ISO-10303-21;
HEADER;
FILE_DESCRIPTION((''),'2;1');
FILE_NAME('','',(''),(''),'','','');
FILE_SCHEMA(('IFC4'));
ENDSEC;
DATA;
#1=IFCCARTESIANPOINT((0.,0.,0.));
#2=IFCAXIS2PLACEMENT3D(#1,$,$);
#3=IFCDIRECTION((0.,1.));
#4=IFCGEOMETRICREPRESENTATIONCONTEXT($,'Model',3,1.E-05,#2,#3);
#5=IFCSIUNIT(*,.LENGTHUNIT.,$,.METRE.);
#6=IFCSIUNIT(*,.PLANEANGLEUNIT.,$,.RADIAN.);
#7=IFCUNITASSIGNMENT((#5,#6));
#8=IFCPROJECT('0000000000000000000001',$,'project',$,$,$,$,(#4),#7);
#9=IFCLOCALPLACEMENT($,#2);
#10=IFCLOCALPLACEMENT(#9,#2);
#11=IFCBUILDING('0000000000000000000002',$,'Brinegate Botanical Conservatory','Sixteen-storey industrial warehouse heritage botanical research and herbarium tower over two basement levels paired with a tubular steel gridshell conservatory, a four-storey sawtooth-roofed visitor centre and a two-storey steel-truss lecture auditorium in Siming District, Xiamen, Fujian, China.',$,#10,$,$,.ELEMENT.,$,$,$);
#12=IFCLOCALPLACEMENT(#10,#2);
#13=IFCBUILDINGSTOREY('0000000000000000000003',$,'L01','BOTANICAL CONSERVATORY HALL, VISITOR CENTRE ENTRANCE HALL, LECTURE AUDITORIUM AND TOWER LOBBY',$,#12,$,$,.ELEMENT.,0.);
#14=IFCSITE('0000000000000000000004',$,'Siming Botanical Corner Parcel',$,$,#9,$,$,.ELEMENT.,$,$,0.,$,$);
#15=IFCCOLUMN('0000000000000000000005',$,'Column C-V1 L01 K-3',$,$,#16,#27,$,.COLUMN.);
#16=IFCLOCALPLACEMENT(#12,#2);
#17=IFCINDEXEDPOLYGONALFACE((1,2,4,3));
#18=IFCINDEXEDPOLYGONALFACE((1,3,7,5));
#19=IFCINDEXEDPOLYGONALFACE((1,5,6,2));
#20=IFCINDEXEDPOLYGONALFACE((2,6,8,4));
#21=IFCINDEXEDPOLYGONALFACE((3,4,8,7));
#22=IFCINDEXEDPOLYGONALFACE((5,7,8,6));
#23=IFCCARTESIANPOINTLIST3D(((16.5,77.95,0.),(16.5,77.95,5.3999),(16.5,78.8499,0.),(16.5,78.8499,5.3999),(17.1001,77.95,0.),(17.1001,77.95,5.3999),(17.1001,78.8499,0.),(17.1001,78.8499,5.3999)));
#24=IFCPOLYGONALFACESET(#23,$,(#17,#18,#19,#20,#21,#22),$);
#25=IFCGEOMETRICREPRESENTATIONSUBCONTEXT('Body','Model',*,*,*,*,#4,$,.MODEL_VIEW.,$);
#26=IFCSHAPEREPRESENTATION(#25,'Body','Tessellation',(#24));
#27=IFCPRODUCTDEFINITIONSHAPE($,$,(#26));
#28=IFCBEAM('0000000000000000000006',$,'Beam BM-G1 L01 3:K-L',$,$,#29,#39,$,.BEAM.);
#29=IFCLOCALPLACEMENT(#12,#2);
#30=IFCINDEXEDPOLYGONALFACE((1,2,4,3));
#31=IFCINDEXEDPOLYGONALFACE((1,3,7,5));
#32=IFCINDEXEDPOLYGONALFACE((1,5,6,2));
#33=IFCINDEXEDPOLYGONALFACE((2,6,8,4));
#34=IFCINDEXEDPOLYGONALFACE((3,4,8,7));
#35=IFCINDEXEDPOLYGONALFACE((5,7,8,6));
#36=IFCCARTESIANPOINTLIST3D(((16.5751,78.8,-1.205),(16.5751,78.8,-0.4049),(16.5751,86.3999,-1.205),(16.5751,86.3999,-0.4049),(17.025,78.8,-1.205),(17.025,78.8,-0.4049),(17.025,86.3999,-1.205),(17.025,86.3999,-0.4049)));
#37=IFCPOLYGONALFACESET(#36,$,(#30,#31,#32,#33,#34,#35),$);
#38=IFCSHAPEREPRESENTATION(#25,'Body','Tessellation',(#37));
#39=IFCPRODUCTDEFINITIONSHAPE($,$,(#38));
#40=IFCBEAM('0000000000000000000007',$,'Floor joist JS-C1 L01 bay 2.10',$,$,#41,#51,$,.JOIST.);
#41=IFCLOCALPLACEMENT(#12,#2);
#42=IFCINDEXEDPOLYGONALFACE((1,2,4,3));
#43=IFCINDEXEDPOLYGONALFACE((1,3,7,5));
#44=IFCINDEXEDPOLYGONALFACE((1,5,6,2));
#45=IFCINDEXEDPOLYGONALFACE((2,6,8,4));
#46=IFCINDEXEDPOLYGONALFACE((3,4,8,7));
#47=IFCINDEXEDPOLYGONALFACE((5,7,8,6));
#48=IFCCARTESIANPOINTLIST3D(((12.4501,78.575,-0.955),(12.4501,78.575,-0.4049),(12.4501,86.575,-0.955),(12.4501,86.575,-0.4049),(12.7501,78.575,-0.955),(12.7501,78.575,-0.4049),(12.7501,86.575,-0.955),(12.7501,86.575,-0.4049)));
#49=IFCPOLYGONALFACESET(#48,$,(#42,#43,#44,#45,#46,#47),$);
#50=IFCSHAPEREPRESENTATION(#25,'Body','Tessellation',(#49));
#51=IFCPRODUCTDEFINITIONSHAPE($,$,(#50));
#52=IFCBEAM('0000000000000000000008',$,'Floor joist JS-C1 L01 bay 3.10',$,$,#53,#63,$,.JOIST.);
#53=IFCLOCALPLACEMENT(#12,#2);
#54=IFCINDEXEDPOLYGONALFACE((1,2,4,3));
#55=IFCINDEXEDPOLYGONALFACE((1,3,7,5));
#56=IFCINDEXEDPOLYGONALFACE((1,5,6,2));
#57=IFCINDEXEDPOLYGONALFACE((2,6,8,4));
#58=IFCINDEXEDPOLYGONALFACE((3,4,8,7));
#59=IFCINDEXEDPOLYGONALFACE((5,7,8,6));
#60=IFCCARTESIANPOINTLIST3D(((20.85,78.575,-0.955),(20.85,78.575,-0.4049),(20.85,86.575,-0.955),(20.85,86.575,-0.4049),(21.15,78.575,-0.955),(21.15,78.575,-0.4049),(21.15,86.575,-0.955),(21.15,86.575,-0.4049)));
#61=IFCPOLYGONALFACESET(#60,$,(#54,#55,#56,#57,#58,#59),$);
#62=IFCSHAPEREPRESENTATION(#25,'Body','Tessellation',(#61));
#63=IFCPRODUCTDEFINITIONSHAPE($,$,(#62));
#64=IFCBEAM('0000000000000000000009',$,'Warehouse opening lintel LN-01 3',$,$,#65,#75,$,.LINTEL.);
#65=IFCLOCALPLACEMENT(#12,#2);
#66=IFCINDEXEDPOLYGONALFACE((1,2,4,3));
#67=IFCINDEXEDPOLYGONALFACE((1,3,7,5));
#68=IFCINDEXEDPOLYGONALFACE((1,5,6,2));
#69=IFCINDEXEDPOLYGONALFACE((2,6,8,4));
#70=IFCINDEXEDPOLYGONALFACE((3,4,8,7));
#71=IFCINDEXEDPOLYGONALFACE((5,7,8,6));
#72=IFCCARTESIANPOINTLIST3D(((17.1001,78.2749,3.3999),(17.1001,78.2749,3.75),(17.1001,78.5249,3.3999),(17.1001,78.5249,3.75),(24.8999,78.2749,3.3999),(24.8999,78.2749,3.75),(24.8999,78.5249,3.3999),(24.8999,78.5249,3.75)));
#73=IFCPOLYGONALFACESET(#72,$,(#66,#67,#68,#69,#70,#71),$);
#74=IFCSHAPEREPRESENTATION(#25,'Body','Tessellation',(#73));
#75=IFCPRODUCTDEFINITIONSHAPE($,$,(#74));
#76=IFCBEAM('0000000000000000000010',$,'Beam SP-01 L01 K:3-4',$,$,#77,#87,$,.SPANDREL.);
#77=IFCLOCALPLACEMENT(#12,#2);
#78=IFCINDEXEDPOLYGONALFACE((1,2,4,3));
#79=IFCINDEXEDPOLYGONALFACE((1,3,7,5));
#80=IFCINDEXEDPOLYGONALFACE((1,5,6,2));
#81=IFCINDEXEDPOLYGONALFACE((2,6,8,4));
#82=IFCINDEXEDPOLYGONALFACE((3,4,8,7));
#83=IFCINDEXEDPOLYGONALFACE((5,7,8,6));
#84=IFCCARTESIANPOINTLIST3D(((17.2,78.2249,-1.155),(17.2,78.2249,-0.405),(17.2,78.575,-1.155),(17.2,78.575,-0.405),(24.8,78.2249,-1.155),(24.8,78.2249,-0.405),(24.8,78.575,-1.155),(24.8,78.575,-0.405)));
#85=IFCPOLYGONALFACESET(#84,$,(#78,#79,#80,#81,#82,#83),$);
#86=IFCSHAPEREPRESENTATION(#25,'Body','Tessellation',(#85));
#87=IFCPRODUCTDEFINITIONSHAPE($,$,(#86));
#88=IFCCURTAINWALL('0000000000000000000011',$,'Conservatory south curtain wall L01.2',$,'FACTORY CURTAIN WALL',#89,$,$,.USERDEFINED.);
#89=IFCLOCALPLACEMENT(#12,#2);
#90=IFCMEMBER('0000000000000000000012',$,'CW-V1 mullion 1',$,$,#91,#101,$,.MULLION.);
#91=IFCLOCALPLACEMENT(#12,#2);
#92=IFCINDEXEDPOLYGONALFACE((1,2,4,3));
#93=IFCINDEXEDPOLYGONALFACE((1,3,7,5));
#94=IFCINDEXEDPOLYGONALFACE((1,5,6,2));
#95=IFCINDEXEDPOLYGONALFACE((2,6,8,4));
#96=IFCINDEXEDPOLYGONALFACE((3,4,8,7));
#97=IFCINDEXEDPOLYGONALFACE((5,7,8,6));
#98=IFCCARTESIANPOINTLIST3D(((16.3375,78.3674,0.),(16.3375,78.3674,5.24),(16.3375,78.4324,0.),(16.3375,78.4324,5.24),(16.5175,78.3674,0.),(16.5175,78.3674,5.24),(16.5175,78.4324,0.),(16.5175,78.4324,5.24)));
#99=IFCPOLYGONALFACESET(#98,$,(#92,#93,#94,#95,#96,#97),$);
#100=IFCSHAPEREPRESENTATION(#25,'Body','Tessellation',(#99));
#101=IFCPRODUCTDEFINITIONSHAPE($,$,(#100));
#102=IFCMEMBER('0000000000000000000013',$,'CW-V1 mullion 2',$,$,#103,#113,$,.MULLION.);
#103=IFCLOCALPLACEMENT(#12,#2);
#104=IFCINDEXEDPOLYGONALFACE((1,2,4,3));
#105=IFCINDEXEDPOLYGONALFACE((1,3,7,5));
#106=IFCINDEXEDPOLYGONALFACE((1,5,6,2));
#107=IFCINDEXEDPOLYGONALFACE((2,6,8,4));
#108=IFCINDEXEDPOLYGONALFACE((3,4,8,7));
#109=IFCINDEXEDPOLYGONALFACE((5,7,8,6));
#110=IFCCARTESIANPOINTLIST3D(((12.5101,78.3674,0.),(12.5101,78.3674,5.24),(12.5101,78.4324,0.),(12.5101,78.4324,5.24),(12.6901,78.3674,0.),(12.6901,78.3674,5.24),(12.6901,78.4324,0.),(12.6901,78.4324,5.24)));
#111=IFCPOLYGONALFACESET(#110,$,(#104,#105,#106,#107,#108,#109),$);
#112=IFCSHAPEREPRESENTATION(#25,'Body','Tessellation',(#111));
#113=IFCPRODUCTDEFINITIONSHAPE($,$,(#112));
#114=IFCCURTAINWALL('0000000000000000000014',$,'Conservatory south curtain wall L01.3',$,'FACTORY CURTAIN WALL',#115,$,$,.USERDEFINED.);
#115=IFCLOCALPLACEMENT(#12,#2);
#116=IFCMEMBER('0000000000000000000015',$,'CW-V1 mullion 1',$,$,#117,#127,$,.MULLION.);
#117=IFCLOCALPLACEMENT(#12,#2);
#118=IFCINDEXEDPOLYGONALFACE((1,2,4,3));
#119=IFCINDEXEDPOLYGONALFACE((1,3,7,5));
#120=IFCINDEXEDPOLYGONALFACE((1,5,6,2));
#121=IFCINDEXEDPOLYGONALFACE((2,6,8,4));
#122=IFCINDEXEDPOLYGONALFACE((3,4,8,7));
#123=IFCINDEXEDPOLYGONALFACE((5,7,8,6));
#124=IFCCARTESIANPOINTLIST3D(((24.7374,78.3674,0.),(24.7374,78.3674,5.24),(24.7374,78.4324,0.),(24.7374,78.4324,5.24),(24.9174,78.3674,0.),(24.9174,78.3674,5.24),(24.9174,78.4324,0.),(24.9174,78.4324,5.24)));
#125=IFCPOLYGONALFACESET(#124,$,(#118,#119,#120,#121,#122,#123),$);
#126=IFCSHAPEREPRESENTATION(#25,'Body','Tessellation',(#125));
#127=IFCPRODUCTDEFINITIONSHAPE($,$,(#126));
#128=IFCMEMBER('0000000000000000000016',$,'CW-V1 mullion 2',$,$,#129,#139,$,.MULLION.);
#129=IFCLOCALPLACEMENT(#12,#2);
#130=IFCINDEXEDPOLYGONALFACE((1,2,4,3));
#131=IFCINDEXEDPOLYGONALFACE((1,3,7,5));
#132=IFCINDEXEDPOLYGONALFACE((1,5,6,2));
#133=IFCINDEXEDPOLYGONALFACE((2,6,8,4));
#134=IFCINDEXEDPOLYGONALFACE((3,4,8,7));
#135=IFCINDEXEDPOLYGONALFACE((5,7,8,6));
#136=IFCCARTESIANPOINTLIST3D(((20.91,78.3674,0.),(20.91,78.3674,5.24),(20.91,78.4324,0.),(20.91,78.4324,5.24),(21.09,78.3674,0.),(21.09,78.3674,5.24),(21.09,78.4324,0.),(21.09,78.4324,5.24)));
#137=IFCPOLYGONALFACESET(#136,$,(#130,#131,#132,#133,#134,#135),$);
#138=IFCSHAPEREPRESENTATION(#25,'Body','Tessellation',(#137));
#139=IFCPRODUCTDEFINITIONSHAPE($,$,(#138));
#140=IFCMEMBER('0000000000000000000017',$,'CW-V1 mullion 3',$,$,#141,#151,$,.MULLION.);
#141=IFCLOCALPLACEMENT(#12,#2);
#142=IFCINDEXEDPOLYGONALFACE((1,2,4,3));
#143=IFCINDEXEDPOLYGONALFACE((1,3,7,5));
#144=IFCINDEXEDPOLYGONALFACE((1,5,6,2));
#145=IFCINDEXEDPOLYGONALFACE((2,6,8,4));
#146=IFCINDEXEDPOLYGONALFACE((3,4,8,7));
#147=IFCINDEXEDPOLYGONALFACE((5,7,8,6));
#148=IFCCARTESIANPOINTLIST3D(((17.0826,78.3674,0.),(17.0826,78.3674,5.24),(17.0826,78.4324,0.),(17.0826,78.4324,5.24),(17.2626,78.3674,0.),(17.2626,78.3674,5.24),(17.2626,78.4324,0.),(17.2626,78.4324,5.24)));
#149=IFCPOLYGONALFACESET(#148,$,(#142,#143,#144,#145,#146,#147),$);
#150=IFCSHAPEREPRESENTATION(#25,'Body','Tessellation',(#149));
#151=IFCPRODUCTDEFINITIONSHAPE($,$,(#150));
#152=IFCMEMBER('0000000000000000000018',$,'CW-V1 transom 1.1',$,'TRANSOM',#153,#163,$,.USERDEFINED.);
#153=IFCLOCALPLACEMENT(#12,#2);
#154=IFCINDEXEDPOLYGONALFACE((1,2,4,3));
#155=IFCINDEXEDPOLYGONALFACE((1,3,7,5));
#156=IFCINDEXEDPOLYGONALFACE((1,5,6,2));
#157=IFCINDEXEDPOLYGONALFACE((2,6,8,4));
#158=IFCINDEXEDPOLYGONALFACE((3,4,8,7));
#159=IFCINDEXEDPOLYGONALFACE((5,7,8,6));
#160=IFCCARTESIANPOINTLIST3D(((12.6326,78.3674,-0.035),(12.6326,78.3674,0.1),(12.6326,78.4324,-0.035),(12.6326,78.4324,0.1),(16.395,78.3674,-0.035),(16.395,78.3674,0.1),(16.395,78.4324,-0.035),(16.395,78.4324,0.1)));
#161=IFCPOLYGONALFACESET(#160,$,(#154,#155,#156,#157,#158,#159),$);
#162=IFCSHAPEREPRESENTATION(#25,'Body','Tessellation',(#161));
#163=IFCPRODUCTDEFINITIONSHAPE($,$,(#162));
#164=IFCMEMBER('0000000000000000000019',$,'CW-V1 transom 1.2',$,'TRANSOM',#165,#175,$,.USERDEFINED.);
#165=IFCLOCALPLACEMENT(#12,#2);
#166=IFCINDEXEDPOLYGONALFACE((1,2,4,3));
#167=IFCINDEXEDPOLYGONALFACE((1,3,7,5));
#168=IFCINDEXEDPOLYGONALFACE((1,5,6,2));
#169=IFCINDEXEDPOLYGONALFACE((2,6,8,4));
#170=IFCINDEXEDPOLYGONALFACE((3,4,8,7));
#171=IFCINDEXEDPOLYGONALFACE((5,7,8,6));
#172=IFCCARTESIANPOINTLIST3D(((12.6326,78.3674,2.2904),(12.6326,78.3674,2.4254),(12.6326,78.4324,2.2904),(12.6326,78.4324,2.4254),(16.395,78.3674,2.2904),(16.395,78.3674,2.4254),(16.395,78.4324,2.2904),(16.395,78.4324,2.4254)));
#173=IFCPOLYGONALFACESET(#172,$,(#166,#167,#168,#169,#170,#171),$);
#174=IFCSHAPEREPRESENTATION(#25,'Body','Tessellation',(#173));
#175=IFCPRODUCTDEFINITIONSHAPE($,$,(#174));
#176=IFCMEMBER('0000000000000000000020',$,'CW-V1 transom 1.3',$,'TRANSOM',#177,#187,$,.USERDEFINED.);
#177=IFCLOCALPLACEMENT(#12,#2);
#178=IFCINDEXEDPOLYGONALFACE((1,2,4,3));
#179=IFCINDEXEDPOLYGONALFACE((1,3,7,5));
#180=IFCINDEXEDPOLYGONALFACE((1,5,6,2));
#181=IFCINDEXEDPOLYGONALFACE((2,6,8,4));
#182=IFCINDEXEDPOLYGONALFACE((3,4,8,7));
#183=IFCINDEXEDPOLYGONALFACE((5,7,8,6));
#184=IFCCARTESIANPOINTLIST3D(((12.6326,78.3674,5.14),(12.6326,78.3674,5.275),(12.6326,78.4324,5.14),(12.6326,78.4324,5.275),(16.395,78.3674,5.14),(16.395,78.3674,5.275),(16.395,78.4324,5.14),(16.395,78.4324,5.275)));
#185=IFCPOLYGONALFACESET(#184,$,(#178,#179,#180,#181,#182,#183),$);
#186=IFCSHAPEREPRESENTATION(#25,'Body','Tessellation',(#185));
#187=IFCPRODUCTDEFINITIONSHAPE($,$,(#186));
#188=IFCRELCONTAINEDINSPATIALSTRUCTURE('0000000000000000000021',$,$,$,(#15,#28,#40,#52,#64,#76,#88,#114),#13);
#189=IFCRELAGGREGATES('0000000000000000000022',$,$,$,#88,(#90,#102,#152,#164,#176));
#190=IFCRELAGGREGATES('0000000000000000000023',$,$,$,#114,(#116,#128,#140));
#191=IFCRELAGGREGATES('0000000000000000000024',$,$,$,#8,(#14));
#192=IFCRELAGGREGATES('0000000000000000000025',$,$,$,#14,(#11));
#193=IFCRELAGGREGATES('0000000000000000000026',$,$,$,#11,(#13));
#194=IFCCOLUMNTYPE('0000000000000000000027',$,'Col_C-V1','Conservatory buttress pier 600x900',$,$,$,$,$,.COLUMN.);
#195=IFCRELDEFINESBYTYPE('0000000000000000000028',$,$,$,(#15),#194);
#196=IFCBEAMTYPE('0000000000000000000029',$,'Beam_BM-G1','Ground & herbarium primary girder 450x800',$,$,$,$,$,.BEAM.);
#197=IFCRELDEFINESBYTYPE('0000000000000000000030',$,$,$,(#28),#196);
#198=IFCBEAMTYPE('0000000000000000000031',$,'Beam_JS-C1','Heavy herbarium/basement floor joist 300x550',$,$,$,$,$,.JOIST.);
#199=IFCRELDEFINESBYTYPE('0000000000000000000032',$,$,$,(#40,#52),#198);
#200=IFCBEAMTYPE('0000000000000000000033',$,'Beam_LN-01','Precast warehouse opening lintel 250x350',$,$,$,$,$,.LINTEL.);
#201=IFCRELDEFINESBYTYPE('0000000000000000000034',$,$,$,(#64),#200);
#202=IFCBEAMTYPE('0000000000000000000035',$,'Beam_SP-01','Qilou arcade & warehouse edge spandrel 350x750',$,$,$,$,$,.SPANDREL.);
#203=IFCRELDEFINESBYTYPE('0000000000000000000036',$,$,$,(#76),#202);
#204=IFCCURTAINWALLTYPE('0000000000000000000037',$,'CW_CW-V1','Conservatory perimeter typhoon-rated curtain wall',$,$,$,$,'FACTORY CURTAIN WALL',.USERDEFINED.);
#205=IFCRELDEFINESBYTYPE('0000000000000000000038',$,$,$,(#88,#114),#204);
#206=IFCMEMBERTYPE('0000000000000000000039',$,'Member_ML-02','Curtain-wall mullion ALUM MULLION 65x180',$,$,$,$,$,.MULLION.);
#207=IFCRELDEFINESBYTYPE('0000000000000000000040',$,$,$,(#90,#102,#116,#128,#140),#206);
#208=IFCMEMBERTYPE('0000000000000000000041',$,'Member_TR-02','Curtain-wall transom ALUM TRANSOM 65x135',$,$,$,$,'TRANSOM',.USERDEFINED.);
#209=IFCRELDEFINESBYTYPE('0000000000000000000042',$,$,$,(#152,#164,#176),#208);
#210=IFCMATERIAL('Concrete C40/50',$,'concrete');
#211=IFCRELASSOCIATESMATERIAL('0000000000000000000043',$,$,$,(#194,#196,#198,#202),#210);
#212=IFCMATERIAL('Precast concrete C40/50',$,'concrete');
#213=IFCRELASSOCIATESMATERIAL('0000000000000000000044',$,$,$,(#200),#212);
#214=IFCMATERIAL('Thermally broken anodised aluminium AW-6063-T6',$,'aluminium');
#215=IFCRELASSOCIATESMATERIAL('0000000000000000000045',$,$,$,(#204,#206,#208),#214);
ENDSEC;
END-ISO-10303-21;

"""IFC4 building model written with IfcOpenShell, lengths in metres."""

from ifc_helpers import new_model, si_unit, direction, frame, origin, origin_2d, place, context, subcontext, project, spatial, rectangle, extrude, material, material_profile, profile_set, type_object, element, aggregate, save


model = new_model("IFC4")

# Units and contexts
model_context = context("Model", 3, precision=1e-05, world=origin(), true_north=direction((0.0, 1.0)))
body_context = subcontext(model_context, "Body", "Model", "MODEL_VIEW")
ifc_project = project(units=[si_unit("LENGTHUNIT", "METRE"), si_unit("PLANEANGLEUNIT", "RADIAN")], contexts=[model_context])

# Site, building, storey
site_placement = place(None, origin())
site = spatial("IfcSite", under=ifc_project, at=site_placement, Name="Siming Botanical Corner Parcel", CompositionType="ELEMENT", RefElevation=0.0)
building_placement = place(site_placement, origin())
building = spatial("IfcBuilding", under=site, at=building_placement, Name="Brinegate Botanical Conservatory", Description="Sixteen-storey industrial warehouse heritage botanical research and herbarium tower over two basement levels paired with a tubular steel gridshell conservatory, a four-storey sawtooth-roofed visitor centre and a two-storey steel-truss lecture auditorium in Siming District, Xiamen, Fujian, China.", CompositionType="ELEMENT")
storey_placement = place(building_placement, origin())
storey = spatial("IfcBuildingStorey", under=building, at=storey_placement, Name="L01", Description="BOTANICAL CONSERVATORY HALL, VISITOR CENTRE ENTRANCE HALL, LECTURE AUDITORIUM AND TOWER LOBBY", CompositionType="ELEMENT", Elevation=0.0)

# Column
ifc_material_1 = material(Name="Concrete C40/50", Category="concrete")
ifc_material_profile_1 = material_profile(ifc_material_1, rectangle(XDim=0.6001, YDim=0.8999, at=origin_2d()), Name="RC PIER 600x900")
ifc_profile_set_1 = profile_set([ifc_material_profile_1], Name="Concrete C40/50")
column_type = type_object("IfcColumnType", Name="Col_C-V1", Description="Conservatory buttress pier 600x900", PredefinedType="COLUMN", material=ifc_profile_set_1)
column_placement = place(storey_placement, frame((16.8, 78.3999, 0.0), z_axis=(0.0, 0.0, 1.0), x_axis=(1.0, 0.0, 0.0)))
element("IfcColumn", 1, at=column_placement, inside=storey, type_object=column_type, Name="Column C-V1 L01 K-3", PredefinedType="COLUMN", context=body_context, shape_type="SweptSolid", body=[
    extrude(rectangle(XDim=0.6001, YDim=0.8999, at=origin_2d()), origin(), (0.0, 0.0, 1.0), 5.3999),
])

# Beams
ifc_material_profile_2 = material_profile(ifc_material_1, rectangle(XDim=0.45, YDim=0.8, at=origin_2d()), Name="RC BM 450x800")
ifc_profile_set_2 = profile_set([ifc_material_profile_2], Name="Concrete C40/50")
beam_type_1 = type_object("IfcBeamType", Name="Beam_BM-G1", Description="Ground & herbarium primary girder 450x800", PredefinedType="BEAM", material=ifc_profile_set_2)
beam_1_placement = place(storey_placement, frame((16.8, 78.8, -0.8049), z_axis=(0.0, 1.0, 0.0), x_axis=(-1.0, 0.0, 0.0)))
element("IfcBeam", 2, at=beam_1_placement, inside=storey, type_object=beam_type_1, Name="Beam BM-G1 L01 3:K-L", PredefinedType="BEAM", context=body_context, shape_type="SweptSolid", body=[
    extrude(rectangle(XDim=0.45, YDim=0.8, at=origin_2d()), origin(), (0.0, 0.0, 1.0), 7.5999),
])
ifc_material_profile_3 = material_profile(ifc_material_1, rectangle(XDim=0.3, YDim=0.55, at=origin_2d()), Name="RC JST 300x550")
ifc_profile_set_3 = profile_set([ifc_material_profile_3], Name="Concrete C40/50")
beam_type_2 = type_object("IfcBeamType", Name="Beam_JS-C1", Description="Heavy herbarium/basement floor joist 300x550", PredefinedType="JOIST", material=ifc_profile_set_3)
for number, where, z_axis, x_axis, name in (
    (3, (12.6001, 78.575, -0.6799), (0.0, 1.0, 0.0), (-1.0, 0.0, 0.0), "Floor joist JS-C1 L01 bay 2.10"),
    (4, (21.0, 78.575, -0.6799), (0.0, 1.0, 0.0), (-1.0, 0.0, 0.0), "Floor joist JS-C1 L01 bay 3.10"),
):
    element("IfcBeam", number, at=place(storey_placement, frame(where, z_axis=z_axis, x_axis=x_axis)), inside=storey, type_object=beam_type_2, Name=name, PredefinedType="JOIST", context=body_context, shape_type="SweptSolid", body=[
        extrude(rectangle(XDim=0.3, YDim=0.55, at=origin_2d()), origin(), (0.0, 0.0, 1.0), 8.0),
    ])
ifc_material_2 = material(Name="Precast concrete C40/50", Category="concrete")
ifc_material_profile_4 = material_profile(ifc_material_2, rectangle(XDim=0.25, YDim=0.3501, at=origin_2d()), Name="RC LNT 250x350")
ifc_profile_set_4 = profile_set([ifc_material_profile_4], Name="Precast concrete C40/50")
beam_type_3 = type_object("IfcBeamType", Name="Beam_LN-01", Description="Precast warehouse opening lintel 250x350", PredefinedType="LINTEL", material=ifc_profile_set_4)
beam_2_placement = place(storey_placement, frame((17.1001, 78.3999, 3.575), z_axis=(1.0, 0.0, 0.0), x_axis=(0.0, 1.0, 0.0)))
element("IfcBeam", 5, at=beam_2_placement, inside=storey, type_object=beam_type_3, Name="Warehouse opening lintel LN-01 3", PredefinedType="LINTEL", context=body_context, shape_type="SweptSolid", body=[
    extrude(rectangle(XDim=0.25, YDim=0.3501, at=origin_2d()), origin(), (0.0, 0.0, 1.0), 7.7998),
])
ifc_material_profile_5 = material_profile(ifc_material_1, rectangle(XDim=0.3501, YDim=0.75, at=origin_2d()), Name="RC SPN 350x750")
ifc_profile_set_5 = profile_set([ifc_material_profile_5], Name="Concrete C40/50")
beam_type_4 = type_object("IfcBeamType", Name="Beam_SP-01", Description="Qilou arcade & warehouse edge spandrel 350x750", PredefinedType="SPANDREL", material=ifc_profile_set_5)
beam_3_placement = place(storey_placement, frame((17.2, 78.3999, -0.78), z_axis=(1.0, 0.0, 0.0), x_axis=(0.0, 1.0, 0.0)))
element("IfcBeam", 6, at=beam_3_placement, inside=storey, type_object=beam_type_4, Name="Beam SP-01 L01 K:3-4", PredefinedType="SPANDREL", context=body_context, shape_type="SweptSolid", body=[
    extrude(rectangle(XDim=0.3501, YDim=0.75, at=origin_2d()), origin(), (0.0, 0.0, 1.0), 7.6001),
])

# Curtain walls, members
ifc_material_3 = material(Name="Thermally broken anodised aluminium AW-6063-T6", Category="aluminium")
curtain_wall_type = type_object("IfcCurtainWallType", Name="CW_CW-V1", Description="Conservatory perimeter typhoon-rated curtain wall", ElementType="FACTORY CURTAIN WALL", PredefinedType="USERDEFINED", material=ifc_material_3)
curtain_wall_1_placement = place(storey_placement, origin())
curtain_wall_1 = element("IfcCurtainWall", 7, at=curtain_wall_1_placement, inside=storey, type_object=curtain_wall_type, Name="Conservatory south curtain wall L01.2", ObjectType="FACTORY CURTAIN WALL", PredefinedType="USERDEFINED")
ifc_material_profile_6 = material_profile(ifc_material_3, rectangle(XDim=0.0649, YDim=0.1799, at=origin_2d()), Name="ALUM MULLION 65x180")
ifc_profile_set_6 = profile_set([ifc_material_profile_6], Name="Thermally broken anodised aluminium AW-6063-T6")
member_type_1 = type_object("IfcMemberType", Name="Member_ML-02", Description="Curtain-wall mullion ALUM MULLION 65x180", PredefinedType="MULLION", material=ifc_profile_set_6)
member_1_placement = place(storey_placement, frame((16.4275, 78.3999, 0.0), z_axis=(0.0, 0.0, 1.0), x_axis=(0.0, -1.0, 0.0)))
member_1 = element("IfcMember", 8, at=member_1_placement, type_object=member_type_1, Name="CW-V1 mullion 1", PredefinedType="MULLION", context=body_context, shape_type="SweptSolid", body=[
    extrude(rectangle(XDim=0.0649, YDim=0.1799, at=origin_2d()), origin(), (0.0, 0.0, 1.0), 5.24),
])
member_2_placement = place(storey_placement, frame((12.6001, 78.3999, 0.0), z_axis=(0.0, 0.0, 1.0), x_axis=(0.0, -1.0, 0.0)))
member_2 = element("IfcMember", 9, at=member_2_placement, type_object=member_type_1, Name="CW-V1 mullion 2", PredefinedType="MULLION", context=body_context, shape_type="SweptSolid", body=[
    extrude(rectangle(XDim=0.0649, YDim=0.1799, at=origin_2d()), origin(), (0.0, 0.0, 1.0), 5.24),
])
curtain_wall_2_placement = place(storey_placement, origin())
curtain_wall_2 = element("IfcCurtainWall", 10, at=curtain_wall_2_placement, inside=storey, type_object=curtain_wall_type, Name="Conservatory south curtain wall L01.3", ObjectType="FACTORY CURTAIN WALL", PredefinedType="USERDEFINED")
member_3_placement = place(storey_placement, frame((24.8274, 78.3999, 0.0), z_axis=(0.0, 0.0, 1.0), x_axis=(0.0, -1.0, 0.0)))
member_3 = element("IfcMember", 11, at=member_3_placement, type_object=member_type_1, Name="CW-V1 mullion 1", PredefinedType="MULLION", context=body_context, shape_type="SweptSolid", body=[
    extrude(rectangle(XDim=0.0649, YDim=0.1799, at=origin_2d()), origin(), (0.0, 0.0, 1.0), 5.24),
])
member_4_placement = place(storey_placement, frame((21.0, 78.3999, 0.0), z_axis=(0.0, 0.0, 1.0), x_axis=(0.0, -1.0, 0.0)))
member_4 = element("IfcMember", 12, at=member_4_placement, type_object=member_type_1, Name="CW-V1 mullion 2", PredefinedType="MULLION", context=body_context, shape_type="SweptSolid", body=[
    extrude(rectangle(XDim=0.0649, YDim=0.1799, at=origin_2d()), origin(), (0.0, 0.0, 1.0), 5.24),
])
member_5_placement = place(storey_placement, frame((17.1726, 78.3999, 0.0), z_axis=(0.0, 0.0, 1.0), x_axis=(0.0, -1.0, 0.0)))
member_5 = element("IfcMember", 13, at=member_5_placement, type_object=member_type_1, Name="CW-V1 mullion 3", PredefinedType="MULLION", context=body_context, shape_type="SweptSolid", body=[
    extrude(rectangle(XDim=0.0649, YDim=0.1799, at=origin_2d()), origin(), (0.0, 0.0, 1.0), 5.24),
])

# Members
ifc_material_profile_7 = material_profile(ifc_material_3, rectangle(XDim=0.0649, YDim=0.135, at=origin_2d()), Name="ALUM TRANSOM 65x135")
ifc_profile_set_7 = profile_set([ifc_material_profile_7], Name="Thermally broken anodised aluminium AW-6063-T6")
member_type_2 = type_object("IfcMemberType", Name="Member_TR-02", Description="Curtain-wall transom ALUM TRANSOM 65x135", ElementType="TRANSOM", PredefinedType="USERDEFINED", material=ifc_profile_set_7)
member_6_placement = place(storey_placement, frame((16.395, 78.3999, 0.0325), z_axis=(-1.0, 0.0, 0.0), x_axis=(0.0, -1.0, 0.0)))
member_6 = element("IfcMember", 14, at=member_6_placement, type_object=member_type_2, Name="CW-V1 transom 1.1", ObjectType="TRANSOM", PredefinedType="USERDEFINED", context=body_context, shape_type="SweptSolid", body=[
    extrude(rectangle(XDim=0.0649, YDim=0.135, at=origin_2d()), origin(), (0.0, 0.0, 1.0), 3.7625),
])
member_7_placement = place(storey_placement, frame((16.395, 78.3999, 2.3579), z_axis=(-1.0, 0.0, 0.0), x_axis=(0.0, -1.0, 0.0)))
member_7 = element("IfcMember", 15, at=member_7_placement, type_object=member_type_2, Name="CW-V1 transom 1.2", ObjectType="TRANSOM", PredefinedType="USERDEFINED", context=body_context, shape_type="SweptSolid", body=[
    extrude(rectangle(XDim=0.0649, YDim=0.135, at=origin_2d()), origin(), (0.0, 0.0, 1.0), 3.7625),
])
member_8_placement = place(storey_placement, frame((16.395, 78.3999, 5.2075), z_axis=(-1.0, 0.0, 0.0), x_axis=(0.0, -1.0, 0.0)))
member_8 = element("IfcMember", 16, at=member_8_placement, type_object=member_type_2, Name="CW-V1 transom 1.3", ObjectType="TRANSOM", PredefinedType="USERDEFINED", context=body_context, shape_type="SweptSolid", body=[
    extrude(rectangle(XDim=0.0649, YDim=0.135, at=origin_2d()), origin(), (0.0, 0.0, 1.0), 3.7625),
])

aggregate(curtain_wall_1, [member_1, member_2, member_6, member_7, member_8])
aggregate(curtain_wall_2, [member_3, member_4, member_5])

save(model, "model.ifc")
